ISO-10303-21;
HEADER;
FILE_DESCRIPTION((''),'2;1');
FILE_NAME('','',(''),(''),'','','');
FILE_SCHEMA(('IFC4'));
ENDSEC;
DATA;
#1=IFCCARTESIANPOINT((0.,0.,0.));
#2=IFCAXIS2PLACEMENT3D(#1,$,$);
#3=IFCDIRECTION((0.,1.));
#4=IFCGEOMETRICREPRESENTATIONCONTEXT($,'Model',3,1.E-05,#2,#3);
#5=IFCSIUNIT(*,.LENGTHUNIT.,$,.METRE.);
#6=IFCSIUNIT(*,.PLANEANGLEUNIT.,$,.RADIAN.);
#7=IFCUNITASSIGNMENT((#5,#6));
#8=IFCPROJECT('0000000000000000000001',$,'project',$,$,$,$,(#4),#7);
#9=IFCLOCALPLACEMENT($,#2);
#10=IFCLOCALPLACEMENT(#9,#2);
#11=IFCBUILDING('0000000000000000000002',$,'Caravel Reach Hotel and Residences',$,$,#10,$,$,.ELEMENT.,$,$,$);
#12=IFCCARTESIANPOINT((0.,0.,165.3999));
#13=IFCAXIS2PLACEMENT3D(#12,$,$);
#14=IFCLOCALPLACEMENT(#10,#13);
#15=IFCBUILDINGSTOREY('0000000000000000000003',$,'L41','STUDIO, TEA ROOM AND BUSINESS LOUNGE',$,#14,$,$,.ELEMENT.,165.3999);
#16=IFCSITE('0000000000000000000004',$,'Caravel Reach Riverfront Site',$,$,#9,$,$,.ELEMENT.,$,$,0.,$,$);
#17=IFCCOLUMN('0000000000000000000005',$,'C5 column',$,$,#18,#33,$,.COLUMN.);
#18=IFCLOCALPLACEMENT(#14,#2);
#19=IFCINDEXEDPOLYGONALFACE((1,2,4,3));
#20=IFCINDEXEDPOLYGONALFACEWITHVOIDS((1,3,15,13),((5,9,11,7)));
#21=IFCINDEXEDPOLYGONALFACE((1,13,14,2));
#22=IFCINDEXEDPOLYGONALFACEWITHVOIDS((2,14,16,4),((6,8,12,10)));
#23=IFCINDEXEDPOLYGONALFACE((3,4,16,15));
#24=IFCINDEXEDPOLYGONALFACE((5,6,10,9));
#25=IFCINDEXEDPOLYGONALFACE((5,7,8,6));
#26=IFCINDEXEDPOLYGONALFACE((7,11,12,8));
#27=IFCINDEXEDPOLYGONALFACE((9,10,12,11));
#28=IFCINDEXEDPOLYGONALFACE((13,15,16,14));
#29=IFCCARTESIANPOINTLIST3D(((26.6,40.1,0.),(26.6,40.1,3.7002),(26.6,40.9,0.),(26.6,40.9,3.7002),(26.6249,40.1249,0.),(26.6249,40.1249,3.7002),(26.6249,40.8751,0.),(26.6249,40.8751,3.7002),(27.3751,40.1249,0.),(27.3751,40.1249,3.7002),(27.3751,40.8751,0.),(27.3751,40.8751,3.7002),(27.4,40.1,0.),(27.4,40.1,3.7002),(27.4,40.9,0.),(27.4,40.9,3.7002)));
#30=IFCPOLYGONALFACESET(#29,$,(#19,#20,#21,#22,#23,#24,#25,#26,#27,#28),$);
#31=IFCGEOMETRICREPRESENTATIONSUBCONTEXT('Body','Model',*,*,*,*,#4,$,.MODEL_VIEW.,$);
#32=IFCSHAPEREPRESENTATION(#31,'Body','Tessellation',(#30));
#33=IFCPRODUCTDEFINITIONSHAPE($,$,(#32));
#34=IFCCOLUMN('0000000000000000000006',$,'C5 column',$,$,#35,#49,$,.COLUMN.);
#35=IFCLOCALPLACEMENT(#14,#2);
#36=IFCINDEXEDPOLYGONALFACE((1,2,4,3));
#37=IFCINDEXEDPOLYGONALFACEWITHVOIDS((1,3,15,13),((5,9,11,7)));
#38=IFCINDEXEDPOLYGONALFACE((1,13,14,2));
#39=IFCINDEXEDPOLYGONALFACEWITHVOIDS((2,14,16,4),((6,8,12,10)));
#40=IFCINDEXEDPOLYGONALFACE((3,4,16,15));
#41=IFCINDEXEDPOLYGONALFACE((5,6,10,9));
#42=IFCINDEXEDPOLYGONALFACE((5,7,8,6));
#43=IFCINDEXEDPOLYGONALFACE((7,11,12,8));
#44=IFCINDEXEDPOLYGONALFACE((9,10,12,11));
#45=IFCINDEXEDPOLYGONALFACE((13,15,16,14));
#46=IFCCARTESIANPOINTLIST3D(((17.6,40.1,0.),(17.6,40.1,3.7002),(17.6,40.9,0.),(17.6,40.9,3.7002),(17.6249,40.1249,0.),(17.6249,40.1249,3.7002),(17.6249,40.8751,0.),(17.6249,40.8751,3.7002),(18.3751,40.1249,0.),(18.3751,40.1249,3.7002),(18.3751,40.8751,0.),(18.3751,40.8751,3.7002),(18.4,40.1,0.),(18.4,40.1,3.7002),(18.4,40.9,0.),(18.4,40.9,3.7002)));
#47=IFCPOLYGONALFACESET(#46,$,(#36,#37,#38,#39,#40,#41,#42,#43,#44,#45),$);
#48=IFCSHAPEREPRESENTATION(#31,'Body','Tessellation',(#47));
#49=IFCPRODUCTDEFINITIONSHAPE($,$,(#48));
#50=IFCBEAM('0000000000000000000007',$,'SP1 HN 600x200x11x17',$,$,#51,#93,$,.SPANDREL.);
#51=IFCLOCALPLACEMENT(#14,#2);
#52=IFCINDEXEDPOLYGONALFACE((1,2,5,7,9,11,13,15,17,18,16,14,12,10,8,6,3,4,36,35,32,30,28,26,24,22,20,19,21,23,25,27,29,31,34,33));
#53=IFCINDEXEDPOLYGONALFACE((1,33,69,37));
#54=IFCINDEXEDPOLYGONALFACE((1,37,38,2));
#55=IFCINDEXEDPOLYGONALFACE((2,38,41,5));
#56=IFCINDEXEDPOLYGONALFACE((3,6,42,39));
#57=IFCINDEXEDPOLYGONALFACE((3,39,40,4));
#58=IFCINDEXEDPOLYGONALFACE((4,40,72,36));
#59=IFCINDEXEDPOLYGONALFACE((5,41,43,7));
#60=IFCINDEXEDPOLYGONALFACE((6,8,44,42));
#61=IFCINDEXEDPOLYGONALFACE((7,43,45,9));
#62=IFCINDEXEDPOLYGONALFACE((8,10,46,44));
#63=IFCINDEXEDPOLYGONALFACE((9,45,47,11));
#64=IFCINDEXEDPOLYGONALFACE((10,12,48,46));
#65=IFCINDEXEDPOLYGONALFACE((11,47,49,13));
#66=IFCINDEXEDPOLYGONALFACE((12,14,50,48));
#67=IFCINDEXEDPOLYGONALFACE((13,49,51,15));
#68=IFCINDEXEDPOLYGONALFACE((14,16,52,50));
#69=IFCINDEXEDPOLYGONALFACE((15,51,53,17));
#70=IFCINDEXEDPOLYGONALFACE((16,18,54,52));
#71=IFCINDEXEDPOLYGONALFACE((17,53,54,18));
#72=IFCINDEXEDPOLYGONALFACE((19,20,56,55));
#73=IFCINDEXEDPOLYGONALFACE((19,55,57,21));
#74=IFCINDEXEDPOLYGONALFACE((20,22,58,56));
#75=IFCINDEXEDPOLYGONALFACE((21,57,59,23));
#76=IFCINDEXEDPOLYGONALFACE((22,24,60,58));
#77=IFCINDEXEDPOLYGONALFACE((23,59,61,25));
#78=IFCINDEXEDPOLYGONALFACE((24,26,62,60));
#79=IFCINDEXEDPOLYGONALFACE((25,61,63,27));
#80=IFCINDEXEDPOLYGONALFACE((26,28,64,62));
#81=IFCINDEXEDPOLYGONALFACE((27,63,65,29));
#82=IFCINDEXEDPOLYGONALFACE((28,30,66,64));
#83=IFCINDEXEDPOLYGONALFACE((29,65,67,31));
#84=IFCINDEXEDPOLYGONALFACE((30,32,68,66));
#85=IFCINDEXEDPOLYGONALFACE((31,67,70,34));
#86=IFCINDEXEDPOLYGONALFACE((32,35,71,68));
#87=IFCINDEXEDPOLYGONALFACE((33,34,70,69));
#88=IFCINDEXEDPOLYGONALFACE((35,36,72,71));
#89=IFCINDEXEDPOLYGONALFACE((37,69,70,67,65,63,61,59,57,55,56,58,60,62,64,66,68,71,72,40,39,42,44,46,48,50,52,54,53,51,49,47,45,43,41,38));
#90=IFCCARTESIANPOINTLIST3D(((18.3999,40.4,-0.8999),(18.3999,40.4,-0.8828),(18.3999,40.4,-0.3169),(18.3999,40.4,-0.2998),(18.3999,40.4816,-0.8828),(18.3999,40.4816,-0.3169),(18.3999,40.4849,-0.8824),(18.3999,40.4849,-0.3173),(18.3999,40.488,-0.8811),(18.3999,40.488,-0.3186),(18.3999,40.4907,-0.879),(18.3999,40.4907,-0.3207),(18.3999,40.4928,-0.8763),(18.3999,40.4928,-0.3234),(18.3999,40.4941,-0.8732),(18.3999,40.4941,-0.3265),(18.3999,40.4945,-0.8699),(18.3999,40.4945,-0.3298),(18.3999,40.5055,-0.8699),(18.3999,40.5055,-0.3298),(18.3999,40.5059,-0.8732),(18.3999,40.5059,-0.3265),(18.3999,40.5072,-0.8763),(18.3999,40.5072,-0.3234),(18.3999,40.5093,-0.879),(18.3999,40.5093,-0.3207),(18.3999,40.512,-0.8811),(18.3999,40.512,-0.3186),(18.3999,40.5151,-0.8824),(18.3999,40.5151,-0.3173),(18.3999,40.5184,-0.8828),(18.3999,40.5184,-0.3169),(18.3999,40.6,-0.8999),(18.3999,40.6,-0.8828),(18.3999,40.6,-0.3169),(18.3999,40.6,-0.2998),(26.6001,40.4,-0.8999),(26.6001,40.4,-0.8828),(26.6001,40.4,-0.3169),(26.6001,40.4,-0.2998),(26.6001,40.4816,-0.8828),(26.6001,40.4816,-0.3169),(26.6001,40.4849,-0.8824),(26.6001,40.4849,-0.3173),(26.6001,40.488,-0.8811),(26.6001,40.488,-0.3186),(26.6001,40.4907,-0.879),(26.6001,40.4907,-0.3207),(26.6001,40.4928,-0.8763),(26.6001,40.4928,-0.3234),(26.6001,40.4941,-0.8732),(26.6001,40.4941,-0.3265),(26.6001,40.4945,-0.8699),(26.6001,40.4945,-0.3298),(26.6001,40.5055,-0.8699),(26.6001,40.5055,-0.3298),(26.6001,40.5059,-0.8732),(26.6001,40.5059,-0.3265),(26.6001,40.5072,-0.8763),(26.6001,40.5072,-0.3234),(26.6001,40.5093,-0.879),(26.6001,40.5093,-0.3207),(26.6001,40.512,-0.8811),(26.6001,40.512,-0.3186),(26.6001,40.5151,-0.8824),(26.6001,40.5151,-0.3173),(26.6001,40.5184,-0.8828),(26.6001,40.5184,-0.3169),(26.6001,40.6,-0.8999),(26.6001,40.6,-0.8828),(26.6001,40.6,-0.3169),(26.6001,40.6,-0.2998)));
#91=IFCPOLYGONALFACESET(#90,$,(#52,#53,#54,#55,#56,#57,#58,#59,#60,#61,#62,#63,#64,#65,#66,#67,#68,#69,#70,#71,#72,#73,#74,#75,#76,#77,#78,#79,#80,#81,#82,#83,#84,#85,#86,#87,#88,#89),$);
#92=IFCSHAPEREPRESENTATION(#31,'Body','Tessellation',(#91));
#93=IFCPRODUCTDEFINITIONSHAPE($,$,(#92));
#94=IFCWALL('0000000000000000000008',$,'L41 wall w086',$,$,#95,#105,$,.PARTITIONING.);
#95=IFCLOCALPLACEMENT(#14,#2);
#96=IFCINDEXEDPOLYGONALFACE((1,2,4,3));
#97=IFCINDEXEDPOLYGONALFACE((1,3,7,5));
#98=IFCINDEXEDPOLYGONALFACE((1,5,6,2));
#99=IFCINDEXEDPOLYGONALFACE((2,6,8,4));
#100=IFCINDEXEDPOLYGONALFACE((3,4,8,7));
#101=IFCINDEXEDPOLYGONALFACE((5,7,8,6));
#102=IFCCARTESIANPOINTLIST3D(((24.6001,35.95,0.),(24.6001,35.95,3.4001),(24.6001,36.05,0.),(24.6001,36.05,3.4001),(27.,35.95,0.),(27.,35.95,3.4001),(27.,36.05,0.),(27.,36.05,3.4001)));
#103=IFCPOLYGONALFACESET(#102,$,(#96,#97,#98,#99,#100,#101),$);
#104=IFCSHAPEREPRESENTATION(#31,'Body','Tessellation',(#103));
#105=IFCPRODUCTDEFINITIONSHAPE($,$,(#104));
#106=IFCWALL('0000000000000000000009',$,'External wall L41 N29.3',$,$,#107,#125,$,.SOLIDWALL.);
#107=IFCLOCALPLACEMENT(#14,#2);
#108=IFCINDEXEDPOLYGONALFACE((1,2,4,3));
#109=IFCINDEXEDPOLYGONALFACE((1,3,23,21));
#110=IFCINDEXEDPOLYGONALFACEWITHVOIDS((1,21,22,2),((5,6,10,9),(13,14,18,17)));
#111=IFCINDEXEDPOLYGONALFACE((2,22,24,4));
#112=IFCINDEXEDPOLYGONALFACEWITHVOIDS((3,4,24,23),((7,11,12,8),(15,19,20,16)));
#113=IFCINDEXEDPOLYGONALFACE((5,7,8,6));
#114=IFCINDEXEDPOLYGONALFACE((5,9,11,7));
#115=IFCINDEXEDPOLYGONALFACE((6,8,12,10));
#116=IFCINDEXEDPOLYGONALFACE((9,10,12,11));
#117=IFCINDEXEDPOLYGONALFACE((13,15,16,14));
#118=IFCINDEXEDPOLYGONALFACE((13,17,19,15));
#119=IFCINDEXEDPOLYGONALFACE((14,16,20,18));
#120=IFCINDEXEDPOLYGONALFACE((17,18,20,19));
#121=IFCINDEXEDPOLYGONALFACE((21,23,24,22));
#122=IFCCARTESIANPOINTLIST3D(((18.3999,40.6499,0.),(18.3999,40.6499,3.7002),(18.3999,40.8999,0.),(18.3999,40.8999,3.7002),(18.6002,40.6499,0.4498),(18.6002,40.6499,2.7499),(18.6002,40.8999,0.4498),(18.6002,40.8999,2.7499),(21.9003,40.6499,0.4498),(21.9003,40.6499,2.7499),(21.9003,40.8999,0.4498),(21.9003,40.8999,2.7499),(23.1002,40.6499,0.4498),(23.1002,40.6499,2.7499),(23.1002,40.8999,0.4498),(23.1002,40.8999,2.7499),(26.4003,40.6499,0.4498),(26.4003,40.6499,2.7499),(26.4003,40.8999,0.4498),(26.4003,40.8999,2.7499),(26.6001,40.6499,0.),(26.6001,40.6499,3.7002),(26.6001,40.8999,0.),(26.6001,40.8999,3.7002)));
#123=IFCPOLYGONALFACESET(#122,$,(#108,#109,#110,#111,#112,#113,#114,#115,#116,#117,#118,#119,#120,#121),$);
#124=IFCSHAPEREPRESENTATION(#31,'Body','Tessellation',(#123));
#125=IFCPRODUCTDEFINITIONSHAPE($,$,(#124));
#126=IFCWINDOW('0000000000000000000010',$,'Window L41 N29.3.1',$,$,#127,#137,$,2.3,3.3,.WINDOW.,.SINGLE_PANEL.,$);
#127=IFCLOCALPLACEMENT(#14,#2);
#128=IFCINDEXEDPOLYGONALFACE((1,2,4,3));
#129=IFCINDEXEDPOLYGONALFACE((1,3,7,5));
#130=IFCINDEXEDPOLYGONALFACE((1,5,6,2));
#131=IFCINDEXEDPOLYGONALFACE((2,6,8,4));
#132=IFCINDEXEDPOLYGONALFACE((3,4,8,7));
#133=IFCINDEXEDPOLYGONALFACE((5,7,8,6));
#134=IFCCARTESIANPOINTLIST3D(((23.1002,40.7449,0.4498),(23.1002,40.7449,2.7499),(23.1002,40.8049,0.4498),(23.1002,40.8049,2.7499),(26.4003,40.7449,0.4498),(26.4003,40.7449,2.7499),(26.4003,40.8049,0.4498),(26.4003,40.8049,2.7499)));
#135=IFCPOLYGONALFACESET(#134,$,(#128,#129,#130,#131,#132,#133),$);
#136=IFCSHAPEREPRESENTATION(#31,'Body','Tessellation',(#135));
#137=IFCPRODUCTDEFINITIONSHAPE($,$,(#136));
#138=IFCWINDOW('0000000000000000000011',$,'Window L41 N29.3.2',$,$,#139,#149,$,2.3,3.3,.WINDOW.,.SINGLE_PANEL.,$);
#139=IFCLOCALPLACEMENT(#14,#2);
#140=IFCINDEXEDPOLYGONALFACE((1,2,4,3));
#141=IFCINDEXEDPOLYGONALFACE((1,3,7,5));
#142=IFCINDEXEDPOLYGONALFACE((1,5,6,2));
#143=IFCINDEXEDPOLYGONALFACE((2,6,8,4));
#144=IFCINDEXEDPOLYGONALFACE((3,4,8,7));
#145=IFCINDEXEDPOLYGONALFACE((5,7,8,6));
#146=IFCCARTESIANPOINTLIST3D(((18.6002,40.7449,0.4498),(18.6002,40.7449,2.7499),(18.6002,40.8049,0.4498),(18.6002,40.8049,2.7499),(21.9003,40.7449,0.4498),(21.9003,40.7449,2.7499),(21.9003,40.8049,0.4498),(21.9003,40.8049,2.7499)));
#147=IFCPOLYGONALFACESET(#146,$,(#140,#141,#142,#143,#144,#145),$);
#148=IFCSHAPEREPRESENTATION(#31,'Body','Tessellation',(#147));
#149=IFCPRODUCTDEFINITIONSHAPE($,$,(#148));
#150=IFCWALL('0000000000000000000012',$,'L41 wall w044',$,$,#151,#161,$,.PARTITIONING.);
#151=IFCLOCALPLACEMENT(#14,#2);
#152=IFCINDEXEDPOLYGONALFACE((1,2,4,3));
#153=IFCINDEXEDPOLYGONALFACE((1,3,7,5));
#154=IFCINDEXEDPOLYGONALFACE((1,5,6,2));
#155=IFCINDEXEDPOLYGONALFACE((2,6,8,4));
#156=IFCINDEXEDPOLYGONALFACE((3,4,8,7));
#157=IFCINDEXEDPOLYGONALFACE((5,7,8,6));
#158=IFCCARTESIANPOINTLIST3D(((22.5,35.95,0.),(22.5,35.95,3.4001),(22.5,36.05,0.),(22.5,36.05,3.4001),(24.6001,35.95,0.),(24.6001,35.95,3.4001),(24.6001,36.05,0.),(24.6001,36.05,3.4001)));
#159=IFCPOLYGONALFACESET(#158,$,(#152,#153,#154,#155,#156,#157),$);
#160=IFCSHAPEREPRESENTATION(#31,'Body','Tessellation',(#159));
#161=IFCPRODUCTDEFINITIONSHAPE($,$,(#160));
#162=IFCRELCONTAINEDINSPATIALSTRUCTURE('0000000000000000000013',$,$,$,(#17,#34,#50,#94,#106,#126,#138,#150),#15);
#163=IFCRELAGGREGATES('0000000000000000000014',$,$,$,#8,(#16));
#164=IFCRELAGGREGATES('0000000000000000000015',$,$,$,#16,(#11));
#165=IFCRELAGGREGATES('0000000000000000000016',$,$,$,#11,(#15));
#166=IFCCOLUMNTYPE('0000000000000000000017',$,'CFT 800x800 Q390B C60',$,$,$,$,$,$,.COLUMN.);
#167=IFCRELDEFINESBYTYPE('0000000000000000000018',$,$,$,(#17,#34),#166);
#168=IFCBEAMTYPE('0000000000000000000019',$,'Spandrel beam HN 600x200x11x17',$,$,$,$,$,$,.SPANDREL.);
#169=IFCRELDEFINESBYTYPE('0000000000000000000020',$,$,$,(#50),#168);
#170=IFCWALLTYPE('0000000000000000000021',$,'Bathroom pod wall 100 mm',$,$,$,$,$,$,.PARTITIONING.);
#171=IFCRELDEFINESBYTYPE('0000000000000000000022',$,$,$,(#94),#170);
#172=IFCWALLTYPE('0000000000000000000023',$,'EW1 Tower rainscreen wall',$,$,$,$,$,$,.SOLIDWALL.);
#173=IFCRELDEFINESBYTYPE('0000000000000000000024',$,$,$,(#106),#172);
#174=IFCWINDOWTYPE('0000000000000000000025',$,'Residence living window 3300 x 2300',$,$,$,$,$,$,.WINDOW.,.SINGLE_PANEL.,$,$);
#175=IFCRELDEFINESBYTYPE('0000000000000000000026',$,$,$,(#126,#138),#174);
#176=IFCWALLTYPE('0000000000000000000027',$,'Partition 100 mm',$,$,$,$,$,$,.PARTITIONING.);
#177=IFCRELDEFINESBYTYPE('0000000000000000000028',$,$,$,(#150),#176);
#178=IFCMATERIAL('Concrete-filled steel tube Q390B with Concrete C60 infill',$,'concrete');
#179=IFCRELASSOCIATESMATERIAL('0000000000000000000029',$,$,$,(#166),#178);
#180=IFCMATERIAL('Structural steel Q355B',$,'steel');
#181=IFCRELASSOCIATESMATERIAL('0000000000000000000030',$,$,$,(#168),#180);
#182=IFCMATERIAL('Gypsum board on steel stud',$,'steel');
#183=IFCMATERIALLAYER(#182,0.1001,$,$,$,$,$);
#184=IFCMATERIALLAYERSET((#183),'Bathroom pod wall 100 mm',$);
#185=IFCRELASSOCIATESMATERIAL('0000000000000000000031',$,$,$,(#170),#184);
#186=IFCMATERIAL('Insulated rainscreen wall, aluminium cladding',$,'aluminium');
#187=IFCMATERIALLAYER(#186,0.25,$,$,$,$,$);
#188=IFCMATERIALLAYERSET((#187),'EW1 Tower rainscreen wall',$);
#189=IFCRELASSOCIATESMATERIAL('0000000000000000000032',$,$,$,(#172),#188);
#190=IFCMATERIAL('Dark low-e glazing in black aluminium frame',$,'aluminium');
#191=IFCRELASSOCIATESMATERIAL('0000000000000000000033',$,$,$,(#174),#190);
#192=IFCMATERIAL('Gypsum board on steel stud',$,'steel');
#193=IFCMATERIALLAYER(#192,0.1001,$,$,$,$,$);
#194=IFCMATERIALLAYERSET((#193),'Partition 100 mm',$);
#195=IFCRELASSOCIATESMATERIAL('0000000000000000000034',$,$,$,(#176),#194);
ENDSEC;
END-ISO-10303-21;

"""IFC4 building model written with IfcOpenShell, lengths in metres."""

from ifc_helpers import new_model, si_unit, direction, frame, frame_2d, origin, origin_2d, place, context, subcontext, project, spatial, rectangle, hollow_rectangle, i_section, extrude, material, layer, layer_set, material_profile, profile_set, type_object, element, fill, save


model = new_model("IFC4")

# Units and contexts
model_context = context("Model", 3, precision=1e-05, world=origin(), true_north=direction((0.0, 1.0)))
body_context = subcontext(model_context, "Body", "Model", "MODEL_VIEW")
ifc_project = project(units=[si_unit("LENGTHUNIT", "METRE"), si_unit("PLANEANGLEUNIT", "RADIAN")], contexts=[model_context])

# Site, building, storey
site_placement = place(None, origin())
site = spatial("IfcSite", under=ifc_project, at=site_placement, Name="Caravel Reach Riverfront Site", CompositionType="ELEMENT", RefElevation=0.0)
building_placement = place(site_placement, origin())
building = spatial("IfcBuilding", under=site, at=building_placement, Name="Caravel Reach Hotel and Residences", CompositionType="ELEMENT")
storey_placement = place(building_placement, frame((0.0, 0.0, 165.3999)))
storey = spatial("IfcBuildingStorey", under=building, at=storey_placement, Name="L41", Description="STUDIO, TEA ROOM AND BUSINESS LOUNGE", CompositionType="ELEMENT", Elevation=165.3999)

# Columns
ifc_material_1 = material(Name="Concrete-filled steel tube Q390B with Concrete C60 infill", Category="concrete")
ifc_material_profile_1 = material_profile(ifc_material_1, hollow_rectangle(XDim=0.8, YDim=0.8, WallThickness=0.0249, at=origin_2d()), Name="RHS 800x800x25")
ifc_profile_set_1 = profile_set([ifc_material_profile_1], Name="Concrete-filled steel tube Q390B with Concrete C60 infill")
column_type = type_object("IfcColumnType", Name="CFT 800x800 Q390B C60", PredefinedType="COLUMN", material=ifc_profile_set_1)
for number, where, z_axis, x_axis, name in (
    (1, (27.0, 40.5, 0.0), (0.0, 0.0, 1.0), (1.0, 0.0, 0.0), "C5 column"),
    (2, (18.0, 40.5, 0.0), (0.0, 0.0, 1.0), (1.0, 0.0, 0.0), "C5 column"),
):
    element("IfcColumn", number, at=place(storey_placement, frame(where, z_axis=z_axis, x_axis=x_axis)), inside=storey, type_object=column_type, Name=name, PredefinedType="COLUMN", context=body_context, shape_type="SweptSolid", body=[
        extrude(hollow_rectangle(XDim=0.8, YDim=0.8, WallThickness=0.0249, at=origin_2d()), origin(), (0.0, 0.0, 1.0), 3.7002),
    ])

# Beam
ifc_material_2 = material(Name="Structural steel Q355B", Category="steel")
ifc_material_profile_2 = material_profile(ifc_material_2, i_section(OverallWidth=0.2, OverallDepth=0.6001, WebThickness=0.011, FlangeThickness=0.0171, FilletRadius=0.0129, at=origin_2d()), Name="HN 600x200x11x17")
ifc_profile_set_2 = profile_set([ifc_material_profile_2], Name="Structural steel Q355B")
beam_type = type_object("IfcBeamType", Name="Spandrel beam HN 600x200x11x17", PredefinedType="SPANDREL", material=ifc_profile_set_2)
beam_placement = place(storey_placement, frame((26.6001, 40.5, -0.5999), z_axis=(-1.0, 0.0, 0.0), x_axis=(0.0, -1.0, 0.0)))
element("IfcBeam", 3, at=beam_placement, inside=storey, type_object=beam_type, Name="SP1 HN 600x200x11x17", PredefinedType="SPANDREL", context=body_context, shape_type="SweptSolid", body=[
    extrude(i_section(OverallWidth=0.2, OverallDepth=0.6001, WebThickness=0.011, FlangeThickness=0.0171, FilletRadius=0.0129, at=origin_2d()), origin(), (0.0, 0.0, 1.0), 8.2002),
])

# Wall
ifc_material_3 = material(Name="Gypsum board on steel stud", Category="steel")
ifc_layer_1 = layer(ifc_material_3, 0.1001)
ifc_layer_set_1 = layer_set([ifc_layer_1], Name="Bathroom pod wall 100 mm")
wall_type_1 = type_object("IfcWallType", Name="Bathroom pod wall 100 mm", PredefinedType="PARTITIONING", material=ifc_layer_set_1)
wall_1_placement = place(storey_placement, frame((24.6001, 36.0, 0.0), z_axis=(0.0, 0.0, 1.0), x_axis=(1.0, 0.0, 0.0)))
element("IfcWall", 4, at=wall_1_placement, inside=storey, type_object=wall_type_1, Name="L41 wall w086", PredefinedType="PARTITIONING", context=body_context, shape_type="SweptSolid", body=[
    extrude(rectangle(XDim=2.3999, YDim=0.1001, at=frame_2d((1.2, 0.0))), origin(), (0.0, 0.0, 1.0), 3.4001),
])

# Wall, openings, windows
ifc_material_4 = material(Name="Insulated rainscreen wall, aluminium cladding", Category="aluminium")
ifc_layer_2 = layer(ifc_material_4, 0.25)
ifc_layer_set_2 = layer_set([ifc_layer_2], Name="EW1 Tower rainscreen wall")
wall_type_2 = type_object("IfcWallType", Name="EW1 Tower rainscreen wall", PredefinedType="SOLIDWALL", material=ifc_layer_set_2)
wall_2_placement = place(storey_placement, frame((26.6001, 40.7749, 0.0), z_axis=(0.0, 0.0, 1.0), x_axis=(-1.0, 0.0, 0.0)))
wall_2 = element("IfcWall", 5, at=wall_2_placement, inside=storey, type_object=wall_type_2, Name="External wall L41 N29.3", PredefinedType="SOLIDWALL", context=body_context, shape_type="SweptSolid", body=[
    extrude(rectangle(XDim=8.2002, YDim=0.25, at=frame_2d((4.1001, 0.0))), origin(), (0.0, 0.0, 1.0), 3.7002),
])
opening_1_placement = place(wall_2_placement, frame((0.2, 0.0, 0.45)))
opening_1 = element("IfcOpeningElement", 6, at=opening_1_placement, cuts=wall_2, PredefinedType="OPENING", context=body_context, shape_type="SweptSolid", body=[
    extrude(rectangle(XDim=3.3, YDim=2.3, at=frame_2d((1.6499, 1.1499))), frame((0.0, 0.135, 0.0), z_axis=(0.0, -1.0, 0.0), x_axis=(1.0, 0.0, 0.0)), (0.0, 0.0, 1.0), 0.27),
])
opening_2_placement = place(wall_2_placement, frame((4.7, 0.0, 0.45)))
opening_2 = element("IfcOpeningElement", 7, at=opening_2_placement, cuts=wall_2, PredefinedType="OPENING", context=body_context, shape_type="SweptSolid", body=[
    extrude(rectangle(XDim=3.3, YDim=2.3, at=frame_2d((1.6499, 1.1499))), frame((0.0, 0.135, 0.0), z_axis=(0.0, -1.0, 0.0), x_axis=(1.0, 0.0, 0.0)), (0.0, 0.0, 1.0), 0.27),
])
ifc_material_5 = material(Name="Dark low-e glazing in black aluminium frame", Category="aluminium")
window_type = type_object("IfcWindowType", Name="Residence living window 3300 x 2300", PartitioningType="SINGLE_PANEL", PredefinedType="WINDOW", material=ifc_material_5)
window_1_placement = place(opening_1_placement, origin())
window_1 = element("IfcWindow", 8, at=window_1_placement, inside=storey, type_object=window_type, Name="Window L41 N29.3.1", OverallHeight=2.3, OverallWidth=3.3, PartitioningType="SINGLE_PANEL", PredefinedType="WINDOW", context=body_context, shape_type="SweptSolid", body=[
    extrude(rectangle(XDim=3.3, YDim=2.3, at=frame_2d((1.6499, 1.1499))), frame((0.0, 0.03, 0.0), z_axis=(0.0, -1.0, 0.0), x_axis=(1.0, 0.0, 0.0)), (0.0, 0.0, 1.0), 0.0601),
])
fill(opening_1, window_1)
window_2_placement = place(opening_2_placement, origin())
window_2 = element("IfcWindow", 9, at=window_2_placement, inside=storey, type_object=window_type, Name="Window L41 N29.3.2", OverallHeight=2.3, OverallWidth=3.3, PartitioningType="SINGLE_PANEL", PredefinedType="WINDOW", context=body_context, shape_type="SweptSolid", body=[
    extrude(rectangle(XDim=3.3, YDim=2.3, at=frame_2d((1.6499, 1.1499))), frame((0.0, 0.03, 0.0), z_axis=(0.0, -1.0, 0.0), x_axis=(1.0, 0.0, 0.0)), (0.0, 0.0, 1.0), 0.0601),
])
fill(opening_2, window_2)

# Wall
ifc_material_6 = material(Name="Gypsum board on steel stud", Category="steel")
ifc_layer_3 = layer(ifc_material_6, 0.1001)
ifc_layer_set_3 = layer_set([ifc_layer_3], Name="Partition 100 mm")
wall_type_3 = type_object("IfcWallType", Name="Partition 100 mm", PredefinedType="PARTITIONING", material=ifc_layer_set_3)
wall_3_placement = place(storey_placement, frame((22.5, 36.0, 0.0), z_axis=(0.0, 0.0, 1.0), x_axis=(1.0, 0.0, 0.0)))
element("IfcWall", 10, at=wall_3_placement, inside=storey, type_object=wall_type_3, Name="L41 wall w044", PredefinedType="PARTITIONING", context=body_context, shape_type="SweptSolid", body=[
    extrude(rectangle(XDim=2.1001, YDim=0.1001, at=frame_2d((1.05, 0.0))), origin(), (0.0, 0.0, 1.0), 3.4001),
])

save(model, "model.ifc")
